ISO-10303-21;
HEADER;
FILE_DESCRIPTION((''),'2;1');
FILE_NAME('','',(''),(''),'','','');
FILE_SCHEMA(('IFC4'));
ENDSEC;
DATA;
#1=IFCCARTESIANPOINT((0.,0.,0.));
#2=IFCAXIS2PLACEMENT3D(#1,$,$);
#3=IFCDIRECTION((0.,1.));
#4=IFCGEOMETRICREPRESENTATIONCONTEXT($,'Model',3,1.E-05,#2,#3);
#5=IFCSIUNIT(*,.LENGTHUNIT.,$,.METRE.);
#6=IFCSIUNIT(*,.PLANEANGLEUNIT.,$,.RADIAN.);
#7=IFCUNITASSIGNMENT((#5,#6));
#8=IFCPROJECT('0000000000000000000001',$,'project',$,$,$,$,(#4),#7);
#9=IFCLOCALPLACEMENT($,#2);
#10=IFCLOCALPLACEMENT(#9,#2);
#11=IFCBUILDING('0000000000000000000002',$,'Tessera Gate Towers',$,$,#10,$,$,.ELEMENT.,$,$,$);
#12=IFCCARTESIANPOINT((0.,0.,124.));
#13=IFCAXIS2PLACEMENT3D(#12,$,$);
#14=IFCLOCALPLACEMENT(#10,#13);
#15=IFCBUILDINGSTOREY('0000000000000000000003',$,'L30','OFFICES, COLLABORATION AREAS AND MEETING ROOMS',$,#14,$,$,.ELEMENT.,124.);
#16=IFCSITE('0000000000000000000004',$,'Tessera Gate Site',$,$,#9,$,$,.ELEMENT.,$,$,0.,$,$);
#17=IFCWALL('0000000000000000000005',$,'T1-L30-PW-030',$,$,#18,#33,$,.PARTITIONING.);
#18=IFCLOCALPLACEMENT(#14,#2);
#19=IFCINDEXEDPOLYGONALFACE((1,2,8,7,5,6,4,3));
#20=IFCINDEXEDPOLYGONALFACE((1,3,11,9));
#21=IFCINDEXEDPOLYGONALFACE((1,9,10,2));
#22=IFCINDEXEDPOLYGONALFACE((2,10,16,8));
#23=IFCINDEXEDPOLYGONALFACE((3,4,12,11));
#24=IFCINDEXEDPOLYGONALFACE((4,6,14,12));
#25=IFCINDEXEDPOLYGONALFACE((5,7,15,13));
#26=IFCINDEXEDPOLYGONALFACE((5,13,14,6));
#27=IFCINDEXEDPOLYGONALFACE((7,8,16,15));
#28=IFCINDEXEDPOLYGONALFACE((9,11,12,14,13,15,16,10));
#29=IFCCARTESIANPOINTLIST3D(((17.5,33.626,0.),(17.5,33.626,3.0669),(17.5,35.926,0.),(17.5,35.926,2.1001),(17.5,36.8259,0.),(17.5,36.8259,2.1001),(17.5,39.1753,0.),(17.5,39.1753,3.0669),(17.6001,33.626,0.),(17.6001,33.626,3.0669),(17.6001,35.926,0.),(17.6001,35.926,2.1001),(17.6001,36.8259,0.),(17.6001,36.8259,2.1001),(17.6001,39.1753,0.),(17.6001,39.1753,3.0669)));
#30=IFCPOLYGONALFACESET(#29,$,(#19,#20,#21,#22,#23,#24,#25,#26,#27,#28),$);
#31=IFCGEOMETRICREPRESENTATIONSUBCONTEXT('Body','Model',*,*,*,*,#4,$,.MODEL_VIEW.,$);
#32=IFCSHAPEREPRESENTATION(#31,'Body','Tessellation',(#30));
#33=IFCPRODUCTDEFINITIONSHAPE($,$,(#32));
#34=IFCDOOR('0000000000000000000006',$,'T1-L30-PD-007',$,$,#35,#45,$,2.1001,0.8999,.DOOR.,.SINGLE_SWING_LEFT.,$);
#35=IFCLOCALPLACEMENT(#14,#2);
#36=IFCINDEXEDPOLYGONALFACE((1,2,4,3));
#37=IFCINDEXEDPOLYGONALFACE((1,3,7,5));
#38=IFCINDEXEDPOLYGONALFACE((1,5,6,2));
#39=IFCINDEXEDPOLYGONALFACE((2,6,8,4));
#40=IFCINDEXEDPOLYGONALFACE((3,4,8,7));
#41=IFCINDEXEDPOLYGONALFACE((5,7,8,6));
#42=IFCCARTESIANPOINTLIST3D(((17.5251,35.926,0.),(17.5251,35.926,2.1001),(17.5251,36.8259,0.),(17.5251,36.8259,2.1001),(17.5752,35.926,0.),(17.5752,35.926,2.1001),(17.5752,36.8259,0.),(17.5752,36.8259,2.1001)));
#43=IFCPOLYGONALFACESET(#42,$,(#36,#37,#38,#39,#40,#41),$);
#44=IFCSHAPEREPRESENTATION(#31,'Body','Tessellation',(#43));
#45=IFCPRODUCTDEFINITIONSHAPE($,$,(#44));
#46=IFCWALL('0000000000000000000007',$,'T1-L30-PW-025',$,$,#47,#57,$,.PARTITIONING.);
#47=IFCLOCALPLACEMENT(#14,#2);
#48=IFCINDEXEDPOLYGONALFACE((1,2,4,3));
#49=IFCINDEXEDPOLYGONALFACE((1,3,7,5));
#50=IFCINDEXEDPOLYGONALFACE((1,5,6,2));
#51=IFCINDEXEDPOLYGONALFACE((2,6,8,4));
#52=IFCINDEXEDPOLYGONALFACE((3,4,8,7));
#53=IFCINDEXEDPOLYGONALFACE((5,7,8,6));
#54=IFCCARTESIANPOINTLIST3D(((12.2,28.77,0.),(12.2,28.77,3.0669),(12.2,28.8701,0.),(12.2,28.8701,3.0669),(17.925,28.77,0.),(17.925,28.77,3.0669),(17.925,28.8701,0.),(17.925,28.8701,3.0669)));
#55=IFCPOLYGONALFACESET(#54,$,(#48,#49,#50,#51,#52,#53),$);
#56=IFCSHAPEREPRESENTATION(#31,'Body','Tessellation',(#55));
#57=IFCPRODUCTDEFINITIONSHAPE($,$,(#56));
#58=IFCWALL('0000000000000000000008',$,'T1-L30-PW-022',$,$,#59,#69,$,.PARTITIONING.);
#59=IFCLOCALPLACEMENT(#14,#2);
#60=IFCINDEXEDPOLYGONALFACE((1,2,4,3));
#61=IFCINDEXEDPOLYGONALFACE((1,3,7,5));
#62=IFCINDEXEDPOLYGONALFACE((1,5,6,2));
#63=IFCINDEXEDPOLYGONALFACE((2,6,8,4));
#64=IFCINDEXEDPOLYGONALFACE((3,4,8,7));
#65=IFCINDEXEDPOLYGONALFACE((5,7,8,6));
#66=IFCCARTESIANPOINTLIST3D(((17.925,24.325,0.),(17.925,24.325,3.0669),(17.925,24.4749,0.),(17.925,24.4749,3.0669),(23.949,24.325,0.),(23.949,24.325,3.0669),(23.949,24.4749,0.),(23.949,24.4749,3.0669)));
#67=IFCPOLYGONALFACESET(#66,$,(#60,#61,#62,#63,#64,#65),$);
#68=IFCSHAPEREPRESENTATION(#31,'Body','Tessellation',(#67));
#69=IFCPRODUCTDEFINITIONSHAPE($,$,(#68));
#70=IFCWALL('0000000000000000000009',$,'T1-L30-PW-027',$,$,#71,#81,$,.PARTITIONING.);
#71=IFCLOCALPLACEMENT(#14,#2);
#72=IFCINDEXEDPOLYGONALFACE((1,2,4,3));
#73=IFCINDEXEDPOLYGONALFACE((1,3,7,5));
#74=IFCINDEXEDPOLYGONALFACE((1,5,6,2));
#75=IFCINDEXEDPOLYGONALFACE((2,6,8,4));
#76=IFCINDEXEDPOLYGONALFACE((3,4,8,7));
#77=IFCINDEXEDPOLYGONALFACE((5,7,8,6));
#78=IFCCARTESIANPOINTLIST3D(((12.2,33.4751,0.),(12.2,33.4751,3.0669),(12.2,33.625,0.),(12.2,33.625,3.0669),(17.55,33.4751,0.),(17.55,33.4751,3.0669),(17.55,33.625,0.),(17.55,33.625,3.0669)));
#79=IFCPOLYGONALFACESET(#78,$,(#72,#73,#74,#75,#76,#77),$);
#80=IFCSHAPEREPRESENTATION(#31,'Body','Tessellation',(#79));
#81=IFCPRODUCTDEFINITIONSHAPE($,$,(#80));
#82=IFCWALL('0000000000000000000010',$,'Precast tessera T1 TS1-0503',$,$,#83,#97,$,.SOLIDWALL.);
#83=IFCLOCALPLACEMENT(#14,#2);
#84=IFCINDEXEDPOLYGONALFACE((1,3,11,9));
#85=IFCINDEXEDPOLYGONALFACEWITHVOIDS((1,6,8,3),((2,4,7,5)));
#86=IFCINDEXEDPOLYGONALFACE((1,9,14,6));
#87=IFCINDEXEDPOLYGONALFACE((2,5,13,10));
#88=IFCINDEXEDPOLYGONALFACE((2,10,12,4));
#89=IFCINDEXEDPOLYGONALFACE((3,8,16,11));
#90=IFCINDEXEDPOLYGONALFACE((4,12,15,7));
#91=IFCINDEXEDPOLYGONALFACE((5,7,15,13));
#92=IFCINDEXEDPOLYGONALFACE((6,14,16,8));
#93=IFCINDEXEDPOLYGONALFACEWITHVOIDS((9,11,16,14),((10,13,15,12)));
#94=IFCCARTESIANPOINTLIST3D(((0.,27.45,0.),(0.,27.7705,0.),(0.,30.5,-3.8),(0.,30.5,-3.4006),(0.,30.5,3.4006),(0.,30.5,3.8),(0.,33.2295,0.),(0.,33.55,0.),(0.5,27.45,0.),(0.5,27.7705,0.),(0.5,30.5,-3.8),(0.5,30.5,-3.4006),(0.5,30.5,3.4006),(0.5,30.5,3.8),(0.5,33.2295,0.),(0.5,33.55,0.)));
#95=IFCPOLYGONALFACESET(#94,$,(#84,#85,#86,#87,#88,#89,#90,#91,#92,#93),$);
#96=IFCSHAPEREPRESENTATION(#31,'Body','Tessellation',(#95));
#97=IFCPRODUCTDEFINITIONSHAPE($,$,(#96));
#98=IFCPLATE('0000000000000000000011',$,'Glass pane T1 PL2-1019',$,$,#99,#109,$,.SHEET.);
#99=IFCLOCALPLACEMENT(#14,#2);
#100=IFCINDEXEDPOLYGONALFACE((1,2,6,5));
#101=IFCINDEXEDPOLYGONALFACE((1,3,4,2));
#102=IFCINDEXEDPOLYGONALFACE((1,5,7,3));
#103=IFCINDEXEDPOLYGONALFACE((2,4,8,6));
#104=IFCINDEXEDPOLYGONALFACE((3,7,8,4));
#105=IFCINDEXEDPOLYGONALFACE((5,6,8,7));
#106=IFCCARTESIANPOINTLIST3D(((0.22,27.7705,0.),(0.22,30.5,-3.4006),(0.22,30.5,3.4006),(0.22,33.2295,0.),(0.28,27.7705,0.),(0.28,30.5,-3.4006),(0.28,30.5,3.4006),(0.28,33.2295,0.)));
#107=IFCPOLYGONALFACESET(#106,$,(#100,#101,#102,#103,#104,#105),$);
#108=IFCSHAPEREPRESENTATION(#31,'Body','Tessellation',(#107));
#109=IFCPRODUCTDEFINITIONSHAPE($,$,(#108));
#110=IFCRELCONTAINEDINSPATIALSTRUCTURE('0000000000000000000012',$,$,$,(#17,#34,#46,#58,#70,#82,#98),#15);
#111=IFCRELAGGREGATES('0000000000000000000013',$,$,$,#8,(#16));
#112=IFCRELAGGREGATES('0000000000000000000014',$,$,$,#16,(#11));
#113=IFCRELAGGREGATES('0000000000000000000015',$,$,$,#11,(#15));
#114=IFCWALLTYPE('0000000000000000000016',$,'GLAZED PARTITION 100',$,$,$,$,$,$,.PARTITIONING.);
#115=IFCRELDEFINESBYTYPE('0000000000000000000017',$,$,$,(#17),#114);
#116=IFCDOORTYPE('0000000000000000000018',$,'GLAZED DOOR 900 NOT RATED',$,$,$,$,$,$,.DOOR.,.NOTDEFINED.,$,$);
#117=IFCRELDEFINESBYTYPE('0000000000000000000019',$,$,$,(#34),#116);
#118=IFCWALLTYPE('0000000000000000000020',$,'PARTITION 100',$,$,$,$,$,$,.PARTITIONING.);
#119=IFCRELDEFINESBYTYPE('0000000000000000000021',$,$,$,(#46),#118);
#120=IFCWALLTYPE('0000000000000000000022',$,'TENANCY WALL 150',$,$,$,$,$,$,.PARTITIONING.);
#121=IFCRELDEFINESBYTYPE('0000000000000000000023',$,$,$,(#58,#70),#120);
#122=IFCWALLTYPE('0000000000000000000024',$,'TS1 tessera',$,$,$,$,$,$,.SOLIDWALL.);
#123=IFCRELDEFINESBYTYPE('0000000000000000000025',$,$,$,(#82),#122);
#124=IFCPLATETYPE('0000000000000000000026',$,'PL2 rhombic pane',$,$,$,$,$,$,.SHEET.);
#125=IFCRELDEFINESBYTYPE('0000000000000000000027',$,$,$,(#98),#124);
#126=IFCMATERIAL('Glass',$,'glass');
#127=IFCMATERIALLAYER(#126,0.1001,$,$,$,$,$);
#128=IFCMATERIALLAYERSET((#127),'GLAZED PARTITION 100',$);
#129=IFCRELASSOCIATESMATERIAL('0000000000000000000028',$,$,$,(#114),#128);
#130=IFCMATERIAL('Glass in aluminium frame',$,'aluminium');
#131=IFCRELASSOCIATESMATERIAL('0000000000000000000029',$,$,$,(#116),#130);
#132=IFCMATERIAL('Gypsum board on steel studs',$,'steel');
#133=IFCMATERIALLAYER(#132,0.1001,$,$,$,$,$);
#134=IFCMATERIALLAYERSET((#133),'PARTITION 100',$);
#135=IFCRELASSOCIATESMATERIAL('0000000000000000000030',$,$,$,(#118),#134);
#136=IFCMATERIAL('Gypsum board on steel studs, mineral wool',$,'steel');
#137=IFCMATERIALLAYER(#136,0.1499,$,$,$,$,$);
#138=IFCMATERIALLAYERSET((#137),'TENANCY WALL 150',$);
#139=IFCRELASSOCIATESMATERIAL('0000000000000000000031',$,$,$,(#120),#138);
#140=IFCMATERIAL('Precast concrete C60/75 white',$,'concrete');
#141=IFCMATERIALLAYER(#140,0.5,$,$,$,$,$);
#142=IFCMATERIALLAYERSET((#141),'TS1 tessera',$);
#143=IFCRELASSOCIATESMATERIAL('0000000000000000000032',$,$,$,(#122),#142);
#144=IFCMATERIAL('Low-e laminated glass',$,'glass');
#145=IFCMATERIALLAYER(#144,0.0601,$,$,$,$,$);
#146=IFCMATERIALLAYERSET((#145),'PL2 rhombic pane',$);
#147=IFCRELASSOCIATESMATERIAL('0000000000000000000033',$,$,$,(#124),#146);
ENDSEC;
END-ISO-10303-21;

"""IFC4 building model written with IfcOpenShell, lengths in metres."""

from ifc_helpers import new_model, si_unit, direction, frame, frame_2d, origin, place, context, subcontext, project, spatial, polyline, rectangle, outline, extrude, source, transform, mapped, material, layer, layer_set, type_object, element, fill, save


model = new_model("IFC4")

# Units and contexts
model_context = context("Model", 3, precision=1e-05, world=origin(), true_north=direction((0.0, 1.0)))
body_context = subcontext(model_context, "Body", "Model", "MODEL_VIEW")
ifc_project = project(units=[si_unit("LENGTHUNIT", "METRE"), si_unit("PLANEANGLEUNIT", "RADIAN")], contexts=[model_context])

# Site, building, storey
site_placement = place(None, origin())
site = spatial("IfcSite", under=ifc_project, at=site_placement, Name="Tessera Gate Site", CompositionType="ELEMENT", RefElevation=0.0)
building_placement = place(site_placement, origin())
building = spatial("IfcBuilding", under=site, at=building_placement, Name="Tessera Gate Towers", CompositionType="ELEMENT")
storey_placement = place(building_placement, frame((0.0, 0.0, 124.0)))
storey = spatial("IfcBuildingStorey", under=building, at=storey_placement, Name="L30", Description="OFFICES, COLLABORATION AREAS AND MEETING ROOMS", CompositionType="ELEMENT", Elevation=124.0)

# Shared definitions
ifc_material_1 = material(Name="Glass", Category="glass")
ifc_layer_1 = layer(ifc_material_1, 0.1001)
ifc_layer_set_1 = layer_set([ifc_layer_1], Name="GLAZED PARTITION 100")
wall_type_1 = type_object("IfcWallType", Name="GLAZED PARTITION 100", PredefinedType="PARTITIONING", material=ifc_layer_set_1)
shared_shape_1 = source(origin(), body_context, "Body", "SweptSolid", [
    extrude(rectangle(XDim=0.8999, YDim=2.1001, at=frame_2d((0.45, 1.05))), frame((0.0, 0.0601, 0.0), z_axis=(0.0, -1.0, 0.0), x_axis=(1.0, 0.0, 0.0)), (0.0, 0.0, 1.0), 0.1201),
])
ifc_material_2 = material(Name="Glass in aluminium frame", Category="aluminium")
door_type = type_object("IfcDoorType", Name="GLAZED DOOR 900 NOT RATED", OperationType="NOTDEFINED", PredefinedType="DOOR", material=ifc_material_2)
shared_shape_2 = source(origin(), body_context, "Body", "SweptSolid", [
    extrude(rectangle(XDim=0.8999, YDim=2.1001, at=frame_2d((0.45, 1.05))), frame((0.0, 0.0249, 0.0), z_axis=(0.0, -1.0, 0.0), x_axis=(1.0, 0.0, 0.0)), (0.0, 0.0, 1.0), 0.05),
])

# Wall, opening, door
wall_1_placement = place(storey_placement, frame((17.55, 33.626, 0.0), z_axis=(0.0, 0.0, 1.0), x_axis=(0.0, 1.0, 0.0)))
wall_1 = element("IfcWall", 1, at=wall_1_placement, inside=storey, type_object=wall_type_1, Name="T1-L30-PW-030", PredefinedType="PARTITIONING", context=body_context, shape_type="SweptSolid", body=[
    extrude(rectangle(XDim=5.5493, YDim=0.1001, at=frame_2d((2.7747, 0.0))), origin(), (0.0, 0.0, 1.0), 3.0669),
])
opening_1_placement = place(wall_1_placement, frame((2.3, 0.0, 0.0)))
opening_1 = element("IfcOpeningElement", 2, at=opening_1_placement, cuts=wall_1, PredefinedType="OPENING", context=body_context, shape_type="MappedRepresentation", body=[
    mapped(shared_shape_1, transform((0.0, 0.0, 0.0), scale=1.0)),
])
door_1_placement = place(opening_1_placement, origin())
door_1 = element("IfcDoor", 3, at=door_1_placement, inside=storey, type_object=door_type, Name="T1-L30-PD-007", OperationType="SINGLE_SWING_LEFT", OverallHeight=2.1001, OverallWidth=0.8999, PredefinedType="DOOR", context=body_context, shape_type="MappedRepresentation", body=[
    mapped(shared_shape_2, transform((0.0, 0.0, 0.0), scale=1.0)),
])
fill(opening_1, door_1)

# Walls
ifc_material_3 = material(Name="Gypsum board on steel studs", Category="steel")
ifc_layer_2 = layer(ifc_material_3, 0.1001)
ifc_layer_set_2 = layer_set([ifc_layer_2], Name="PARTITION 100")
wall_type_2 = type_object("IfcWallType", Name="PARTITION 100", PredefinedType="PARTITIONING", material=ifc_layer_set_2)
wall_2_placement = place(storey_placement, frame((12.2, 28.8201, 0.0), z_axis=(0.0, 0.0, 1.0), x_axis=(1.0, 0.0, 0.0)))
element("IfcWall", 4, at=wall_2_placement, inside=storey, type_object=wall_type_2, Name="T1-L30-PW-025", PredefinedType="PARTITIONING", context=body_context, shape_type="SweptSolid", body=[
    extrude(rectangle(XDim=5.7251, YDim=0.1001, at=frame_2d((2.8625, 0.0))), origin(), (0.0, 0.0, 1.0), 3.0669),
])
ifc_material_4 = material(Name="Gypsum board on steel studs, mineral wool", Category="steel")
ifc_layer_3 = layer(ifc_material_4, 0.1499)
ifc_layer_set_3 = layer_set([ifc_layer_3], Name="TENANCY WALL 150")
wall_type_3 = type_object("IfcWallType", Name="TENANCY WALL 150", PredefinedType="PARTITIONING", material=ifc_layer_set_3)
wall_3_placement = place(storey_placement, frame((17.925, 24.3999, 0.0), z_axis=(0.0, 0.0, 1.0), x_axis=(1.0, 0.0, 0.0)))
element("IfcWall", 5, at=wall_3_placement, inside=storey, type_object=wall_type_3, Name="T1-L30-PW-022", PredefinedType="PARTITIONING", context=body_context, shape_type="SweptSolid", body=[
    extrude(rectangle(XDim=6.0239, YDim=0.1499, at=frame_2d((3.012, 0.0))), origin(), (0.0, 0.0, 1.0), 3.0669),
])
wall_4_placement = place(storey_placement, frame((12.2, 33.55, 0.0), z_axis=(0.0, 0.0, 1.0), x_axis=(1.0, 0.0, 0.0)))
element("IfcWall", 6, at=wall_4_placement, inside=storey, type_object=wall_type_3, Name="T1-L30-PW-027", PredefinedType="PARTITIONING", context=body_context, shape_type="SweptSolid", body=[
    extrude(rectangle(XDim=5.3501, YDim=0.1499, at=frame_2d((2.675, 0.0))), origin(), (0.0, 0.0, 1.0), 3.0669),
])

# Wall, opening, plate
ifc_material_5 = material(Name="Precast concrete C60/75 white", Category="concrete")
ifc_layer_4 = layer(ifc_material_5, 0.5)
ifc_layer_set_4 = layer_set([ifc_layer_4], Name="TS1 tessera")
wall_type_4 = type_object("IfcWallType", Name="TS1 tessera", PredefinedType="SOLIDWALL", material=ifc_layer_set_4)
shared_shape_3 = source(origin(), body_context, "Body", "SweptSolid", [
    extrude(outline(polyline([(3.05, 0.0), (6.1001, 3.8), (3.05, 7.6001), (0.0, 3.8), (3.05, 0.0)])), frame((0.0, 0.25, 0.0), z_axis=(0.0, -1.0, 0.0), x_axis=(1.0, 0.0, 0.0)), (0.0, 0.0, 1.0), 0.5),
])
wall_5_placement = place(storey_placement, frame((0.25, 33.55, -3.8), z_axis=(0.0, 0.0, 1.0), x_axis=(0.0, -1.0, 0.0)))
wall_5 = element("IfcWall", 7, at=wall_5_placement, inside=storey, type_object=wall_type_4, Name="Precast tessera T1 TS1-0503", PredefinedType="SOLIDWALL", context=body_context, shape_type="MappedRepresentation", body=[
    mapped(shared_shape_3, transform((0.0, 0.0, 0.0), scale=1.0)),
])
shared_shape_4 = source(origin(), body_context, "Body", "SweptSolid", [
    extrude(outline(polyline([(3.05, 0.3994), (5.7795, 3.8), (3.05, 7.2007), (0.3206, 3.8), (3.05, 0.3994)])), frame((0.0, 0.26, 0.0), z_axis=(0.0, -1.0, 0.0), x_axis=(1.0, 0.0, 0.0)), (0.0, 0.0, 1.0), 0.52),
])
opening_2_placement = place(wall_5_placement, origin())
opening_2 = element("IfcOpeningElement", 8, at=opening_2_placement, cuts=wall_5, PredefinedType="OPENING", context=body_context, shape_type="MappedRepresentation", body=[
    mapped(shared_shape_4, transform((0.0, 0.0, 0.0), scale=1.0)),
])
ifc_material_6 = material(Name="Low-e laminated glass", Category="glass")
ifc_layer_5 = layer(ifc_material_6, 0.0601)
ifc_layer_set_5 = layer_set([ifc_layer_5], Name="PL2 rhombic pane")
plate_type = type_object("IfcPlateType", Name="PL2 rhombic pane", PredefinedType="SHEET", material=ifc_layer_set_5)
shared_shape_5 = source(origin(), body_context, "Body", "SweptSolid", [
    extrude(outline(polyline([(3.05, 0.3994), (5.7795, 3.8), (3.05, 7.2007), (0.3206, 3.8), (3.05, 0.3994)])), frame((0.0, 0.03, 0.0), z_axis=(0.0, -1.0, 0.0), x_axis=(1.0, 0.0, 0.0)), (0.0, 0.0, 1.0), 0.0601),
])
plate_placement = place(opening_2_placement, origin())
plate = element("IfcPlate", 9, at=plate_placement, inside=storey, type_object=plate_type, Name="Glass pane T1 PL2-1019", PredefinedType="SHEET", context=body_context, shape_type="MappedRepresentation", body=[
    mapped(shared_shape_5, transform((0.0, 0.0, 0.0), scale=1.0)),
])
fill(opening_2, plate)

save(model, "model.ifc")
